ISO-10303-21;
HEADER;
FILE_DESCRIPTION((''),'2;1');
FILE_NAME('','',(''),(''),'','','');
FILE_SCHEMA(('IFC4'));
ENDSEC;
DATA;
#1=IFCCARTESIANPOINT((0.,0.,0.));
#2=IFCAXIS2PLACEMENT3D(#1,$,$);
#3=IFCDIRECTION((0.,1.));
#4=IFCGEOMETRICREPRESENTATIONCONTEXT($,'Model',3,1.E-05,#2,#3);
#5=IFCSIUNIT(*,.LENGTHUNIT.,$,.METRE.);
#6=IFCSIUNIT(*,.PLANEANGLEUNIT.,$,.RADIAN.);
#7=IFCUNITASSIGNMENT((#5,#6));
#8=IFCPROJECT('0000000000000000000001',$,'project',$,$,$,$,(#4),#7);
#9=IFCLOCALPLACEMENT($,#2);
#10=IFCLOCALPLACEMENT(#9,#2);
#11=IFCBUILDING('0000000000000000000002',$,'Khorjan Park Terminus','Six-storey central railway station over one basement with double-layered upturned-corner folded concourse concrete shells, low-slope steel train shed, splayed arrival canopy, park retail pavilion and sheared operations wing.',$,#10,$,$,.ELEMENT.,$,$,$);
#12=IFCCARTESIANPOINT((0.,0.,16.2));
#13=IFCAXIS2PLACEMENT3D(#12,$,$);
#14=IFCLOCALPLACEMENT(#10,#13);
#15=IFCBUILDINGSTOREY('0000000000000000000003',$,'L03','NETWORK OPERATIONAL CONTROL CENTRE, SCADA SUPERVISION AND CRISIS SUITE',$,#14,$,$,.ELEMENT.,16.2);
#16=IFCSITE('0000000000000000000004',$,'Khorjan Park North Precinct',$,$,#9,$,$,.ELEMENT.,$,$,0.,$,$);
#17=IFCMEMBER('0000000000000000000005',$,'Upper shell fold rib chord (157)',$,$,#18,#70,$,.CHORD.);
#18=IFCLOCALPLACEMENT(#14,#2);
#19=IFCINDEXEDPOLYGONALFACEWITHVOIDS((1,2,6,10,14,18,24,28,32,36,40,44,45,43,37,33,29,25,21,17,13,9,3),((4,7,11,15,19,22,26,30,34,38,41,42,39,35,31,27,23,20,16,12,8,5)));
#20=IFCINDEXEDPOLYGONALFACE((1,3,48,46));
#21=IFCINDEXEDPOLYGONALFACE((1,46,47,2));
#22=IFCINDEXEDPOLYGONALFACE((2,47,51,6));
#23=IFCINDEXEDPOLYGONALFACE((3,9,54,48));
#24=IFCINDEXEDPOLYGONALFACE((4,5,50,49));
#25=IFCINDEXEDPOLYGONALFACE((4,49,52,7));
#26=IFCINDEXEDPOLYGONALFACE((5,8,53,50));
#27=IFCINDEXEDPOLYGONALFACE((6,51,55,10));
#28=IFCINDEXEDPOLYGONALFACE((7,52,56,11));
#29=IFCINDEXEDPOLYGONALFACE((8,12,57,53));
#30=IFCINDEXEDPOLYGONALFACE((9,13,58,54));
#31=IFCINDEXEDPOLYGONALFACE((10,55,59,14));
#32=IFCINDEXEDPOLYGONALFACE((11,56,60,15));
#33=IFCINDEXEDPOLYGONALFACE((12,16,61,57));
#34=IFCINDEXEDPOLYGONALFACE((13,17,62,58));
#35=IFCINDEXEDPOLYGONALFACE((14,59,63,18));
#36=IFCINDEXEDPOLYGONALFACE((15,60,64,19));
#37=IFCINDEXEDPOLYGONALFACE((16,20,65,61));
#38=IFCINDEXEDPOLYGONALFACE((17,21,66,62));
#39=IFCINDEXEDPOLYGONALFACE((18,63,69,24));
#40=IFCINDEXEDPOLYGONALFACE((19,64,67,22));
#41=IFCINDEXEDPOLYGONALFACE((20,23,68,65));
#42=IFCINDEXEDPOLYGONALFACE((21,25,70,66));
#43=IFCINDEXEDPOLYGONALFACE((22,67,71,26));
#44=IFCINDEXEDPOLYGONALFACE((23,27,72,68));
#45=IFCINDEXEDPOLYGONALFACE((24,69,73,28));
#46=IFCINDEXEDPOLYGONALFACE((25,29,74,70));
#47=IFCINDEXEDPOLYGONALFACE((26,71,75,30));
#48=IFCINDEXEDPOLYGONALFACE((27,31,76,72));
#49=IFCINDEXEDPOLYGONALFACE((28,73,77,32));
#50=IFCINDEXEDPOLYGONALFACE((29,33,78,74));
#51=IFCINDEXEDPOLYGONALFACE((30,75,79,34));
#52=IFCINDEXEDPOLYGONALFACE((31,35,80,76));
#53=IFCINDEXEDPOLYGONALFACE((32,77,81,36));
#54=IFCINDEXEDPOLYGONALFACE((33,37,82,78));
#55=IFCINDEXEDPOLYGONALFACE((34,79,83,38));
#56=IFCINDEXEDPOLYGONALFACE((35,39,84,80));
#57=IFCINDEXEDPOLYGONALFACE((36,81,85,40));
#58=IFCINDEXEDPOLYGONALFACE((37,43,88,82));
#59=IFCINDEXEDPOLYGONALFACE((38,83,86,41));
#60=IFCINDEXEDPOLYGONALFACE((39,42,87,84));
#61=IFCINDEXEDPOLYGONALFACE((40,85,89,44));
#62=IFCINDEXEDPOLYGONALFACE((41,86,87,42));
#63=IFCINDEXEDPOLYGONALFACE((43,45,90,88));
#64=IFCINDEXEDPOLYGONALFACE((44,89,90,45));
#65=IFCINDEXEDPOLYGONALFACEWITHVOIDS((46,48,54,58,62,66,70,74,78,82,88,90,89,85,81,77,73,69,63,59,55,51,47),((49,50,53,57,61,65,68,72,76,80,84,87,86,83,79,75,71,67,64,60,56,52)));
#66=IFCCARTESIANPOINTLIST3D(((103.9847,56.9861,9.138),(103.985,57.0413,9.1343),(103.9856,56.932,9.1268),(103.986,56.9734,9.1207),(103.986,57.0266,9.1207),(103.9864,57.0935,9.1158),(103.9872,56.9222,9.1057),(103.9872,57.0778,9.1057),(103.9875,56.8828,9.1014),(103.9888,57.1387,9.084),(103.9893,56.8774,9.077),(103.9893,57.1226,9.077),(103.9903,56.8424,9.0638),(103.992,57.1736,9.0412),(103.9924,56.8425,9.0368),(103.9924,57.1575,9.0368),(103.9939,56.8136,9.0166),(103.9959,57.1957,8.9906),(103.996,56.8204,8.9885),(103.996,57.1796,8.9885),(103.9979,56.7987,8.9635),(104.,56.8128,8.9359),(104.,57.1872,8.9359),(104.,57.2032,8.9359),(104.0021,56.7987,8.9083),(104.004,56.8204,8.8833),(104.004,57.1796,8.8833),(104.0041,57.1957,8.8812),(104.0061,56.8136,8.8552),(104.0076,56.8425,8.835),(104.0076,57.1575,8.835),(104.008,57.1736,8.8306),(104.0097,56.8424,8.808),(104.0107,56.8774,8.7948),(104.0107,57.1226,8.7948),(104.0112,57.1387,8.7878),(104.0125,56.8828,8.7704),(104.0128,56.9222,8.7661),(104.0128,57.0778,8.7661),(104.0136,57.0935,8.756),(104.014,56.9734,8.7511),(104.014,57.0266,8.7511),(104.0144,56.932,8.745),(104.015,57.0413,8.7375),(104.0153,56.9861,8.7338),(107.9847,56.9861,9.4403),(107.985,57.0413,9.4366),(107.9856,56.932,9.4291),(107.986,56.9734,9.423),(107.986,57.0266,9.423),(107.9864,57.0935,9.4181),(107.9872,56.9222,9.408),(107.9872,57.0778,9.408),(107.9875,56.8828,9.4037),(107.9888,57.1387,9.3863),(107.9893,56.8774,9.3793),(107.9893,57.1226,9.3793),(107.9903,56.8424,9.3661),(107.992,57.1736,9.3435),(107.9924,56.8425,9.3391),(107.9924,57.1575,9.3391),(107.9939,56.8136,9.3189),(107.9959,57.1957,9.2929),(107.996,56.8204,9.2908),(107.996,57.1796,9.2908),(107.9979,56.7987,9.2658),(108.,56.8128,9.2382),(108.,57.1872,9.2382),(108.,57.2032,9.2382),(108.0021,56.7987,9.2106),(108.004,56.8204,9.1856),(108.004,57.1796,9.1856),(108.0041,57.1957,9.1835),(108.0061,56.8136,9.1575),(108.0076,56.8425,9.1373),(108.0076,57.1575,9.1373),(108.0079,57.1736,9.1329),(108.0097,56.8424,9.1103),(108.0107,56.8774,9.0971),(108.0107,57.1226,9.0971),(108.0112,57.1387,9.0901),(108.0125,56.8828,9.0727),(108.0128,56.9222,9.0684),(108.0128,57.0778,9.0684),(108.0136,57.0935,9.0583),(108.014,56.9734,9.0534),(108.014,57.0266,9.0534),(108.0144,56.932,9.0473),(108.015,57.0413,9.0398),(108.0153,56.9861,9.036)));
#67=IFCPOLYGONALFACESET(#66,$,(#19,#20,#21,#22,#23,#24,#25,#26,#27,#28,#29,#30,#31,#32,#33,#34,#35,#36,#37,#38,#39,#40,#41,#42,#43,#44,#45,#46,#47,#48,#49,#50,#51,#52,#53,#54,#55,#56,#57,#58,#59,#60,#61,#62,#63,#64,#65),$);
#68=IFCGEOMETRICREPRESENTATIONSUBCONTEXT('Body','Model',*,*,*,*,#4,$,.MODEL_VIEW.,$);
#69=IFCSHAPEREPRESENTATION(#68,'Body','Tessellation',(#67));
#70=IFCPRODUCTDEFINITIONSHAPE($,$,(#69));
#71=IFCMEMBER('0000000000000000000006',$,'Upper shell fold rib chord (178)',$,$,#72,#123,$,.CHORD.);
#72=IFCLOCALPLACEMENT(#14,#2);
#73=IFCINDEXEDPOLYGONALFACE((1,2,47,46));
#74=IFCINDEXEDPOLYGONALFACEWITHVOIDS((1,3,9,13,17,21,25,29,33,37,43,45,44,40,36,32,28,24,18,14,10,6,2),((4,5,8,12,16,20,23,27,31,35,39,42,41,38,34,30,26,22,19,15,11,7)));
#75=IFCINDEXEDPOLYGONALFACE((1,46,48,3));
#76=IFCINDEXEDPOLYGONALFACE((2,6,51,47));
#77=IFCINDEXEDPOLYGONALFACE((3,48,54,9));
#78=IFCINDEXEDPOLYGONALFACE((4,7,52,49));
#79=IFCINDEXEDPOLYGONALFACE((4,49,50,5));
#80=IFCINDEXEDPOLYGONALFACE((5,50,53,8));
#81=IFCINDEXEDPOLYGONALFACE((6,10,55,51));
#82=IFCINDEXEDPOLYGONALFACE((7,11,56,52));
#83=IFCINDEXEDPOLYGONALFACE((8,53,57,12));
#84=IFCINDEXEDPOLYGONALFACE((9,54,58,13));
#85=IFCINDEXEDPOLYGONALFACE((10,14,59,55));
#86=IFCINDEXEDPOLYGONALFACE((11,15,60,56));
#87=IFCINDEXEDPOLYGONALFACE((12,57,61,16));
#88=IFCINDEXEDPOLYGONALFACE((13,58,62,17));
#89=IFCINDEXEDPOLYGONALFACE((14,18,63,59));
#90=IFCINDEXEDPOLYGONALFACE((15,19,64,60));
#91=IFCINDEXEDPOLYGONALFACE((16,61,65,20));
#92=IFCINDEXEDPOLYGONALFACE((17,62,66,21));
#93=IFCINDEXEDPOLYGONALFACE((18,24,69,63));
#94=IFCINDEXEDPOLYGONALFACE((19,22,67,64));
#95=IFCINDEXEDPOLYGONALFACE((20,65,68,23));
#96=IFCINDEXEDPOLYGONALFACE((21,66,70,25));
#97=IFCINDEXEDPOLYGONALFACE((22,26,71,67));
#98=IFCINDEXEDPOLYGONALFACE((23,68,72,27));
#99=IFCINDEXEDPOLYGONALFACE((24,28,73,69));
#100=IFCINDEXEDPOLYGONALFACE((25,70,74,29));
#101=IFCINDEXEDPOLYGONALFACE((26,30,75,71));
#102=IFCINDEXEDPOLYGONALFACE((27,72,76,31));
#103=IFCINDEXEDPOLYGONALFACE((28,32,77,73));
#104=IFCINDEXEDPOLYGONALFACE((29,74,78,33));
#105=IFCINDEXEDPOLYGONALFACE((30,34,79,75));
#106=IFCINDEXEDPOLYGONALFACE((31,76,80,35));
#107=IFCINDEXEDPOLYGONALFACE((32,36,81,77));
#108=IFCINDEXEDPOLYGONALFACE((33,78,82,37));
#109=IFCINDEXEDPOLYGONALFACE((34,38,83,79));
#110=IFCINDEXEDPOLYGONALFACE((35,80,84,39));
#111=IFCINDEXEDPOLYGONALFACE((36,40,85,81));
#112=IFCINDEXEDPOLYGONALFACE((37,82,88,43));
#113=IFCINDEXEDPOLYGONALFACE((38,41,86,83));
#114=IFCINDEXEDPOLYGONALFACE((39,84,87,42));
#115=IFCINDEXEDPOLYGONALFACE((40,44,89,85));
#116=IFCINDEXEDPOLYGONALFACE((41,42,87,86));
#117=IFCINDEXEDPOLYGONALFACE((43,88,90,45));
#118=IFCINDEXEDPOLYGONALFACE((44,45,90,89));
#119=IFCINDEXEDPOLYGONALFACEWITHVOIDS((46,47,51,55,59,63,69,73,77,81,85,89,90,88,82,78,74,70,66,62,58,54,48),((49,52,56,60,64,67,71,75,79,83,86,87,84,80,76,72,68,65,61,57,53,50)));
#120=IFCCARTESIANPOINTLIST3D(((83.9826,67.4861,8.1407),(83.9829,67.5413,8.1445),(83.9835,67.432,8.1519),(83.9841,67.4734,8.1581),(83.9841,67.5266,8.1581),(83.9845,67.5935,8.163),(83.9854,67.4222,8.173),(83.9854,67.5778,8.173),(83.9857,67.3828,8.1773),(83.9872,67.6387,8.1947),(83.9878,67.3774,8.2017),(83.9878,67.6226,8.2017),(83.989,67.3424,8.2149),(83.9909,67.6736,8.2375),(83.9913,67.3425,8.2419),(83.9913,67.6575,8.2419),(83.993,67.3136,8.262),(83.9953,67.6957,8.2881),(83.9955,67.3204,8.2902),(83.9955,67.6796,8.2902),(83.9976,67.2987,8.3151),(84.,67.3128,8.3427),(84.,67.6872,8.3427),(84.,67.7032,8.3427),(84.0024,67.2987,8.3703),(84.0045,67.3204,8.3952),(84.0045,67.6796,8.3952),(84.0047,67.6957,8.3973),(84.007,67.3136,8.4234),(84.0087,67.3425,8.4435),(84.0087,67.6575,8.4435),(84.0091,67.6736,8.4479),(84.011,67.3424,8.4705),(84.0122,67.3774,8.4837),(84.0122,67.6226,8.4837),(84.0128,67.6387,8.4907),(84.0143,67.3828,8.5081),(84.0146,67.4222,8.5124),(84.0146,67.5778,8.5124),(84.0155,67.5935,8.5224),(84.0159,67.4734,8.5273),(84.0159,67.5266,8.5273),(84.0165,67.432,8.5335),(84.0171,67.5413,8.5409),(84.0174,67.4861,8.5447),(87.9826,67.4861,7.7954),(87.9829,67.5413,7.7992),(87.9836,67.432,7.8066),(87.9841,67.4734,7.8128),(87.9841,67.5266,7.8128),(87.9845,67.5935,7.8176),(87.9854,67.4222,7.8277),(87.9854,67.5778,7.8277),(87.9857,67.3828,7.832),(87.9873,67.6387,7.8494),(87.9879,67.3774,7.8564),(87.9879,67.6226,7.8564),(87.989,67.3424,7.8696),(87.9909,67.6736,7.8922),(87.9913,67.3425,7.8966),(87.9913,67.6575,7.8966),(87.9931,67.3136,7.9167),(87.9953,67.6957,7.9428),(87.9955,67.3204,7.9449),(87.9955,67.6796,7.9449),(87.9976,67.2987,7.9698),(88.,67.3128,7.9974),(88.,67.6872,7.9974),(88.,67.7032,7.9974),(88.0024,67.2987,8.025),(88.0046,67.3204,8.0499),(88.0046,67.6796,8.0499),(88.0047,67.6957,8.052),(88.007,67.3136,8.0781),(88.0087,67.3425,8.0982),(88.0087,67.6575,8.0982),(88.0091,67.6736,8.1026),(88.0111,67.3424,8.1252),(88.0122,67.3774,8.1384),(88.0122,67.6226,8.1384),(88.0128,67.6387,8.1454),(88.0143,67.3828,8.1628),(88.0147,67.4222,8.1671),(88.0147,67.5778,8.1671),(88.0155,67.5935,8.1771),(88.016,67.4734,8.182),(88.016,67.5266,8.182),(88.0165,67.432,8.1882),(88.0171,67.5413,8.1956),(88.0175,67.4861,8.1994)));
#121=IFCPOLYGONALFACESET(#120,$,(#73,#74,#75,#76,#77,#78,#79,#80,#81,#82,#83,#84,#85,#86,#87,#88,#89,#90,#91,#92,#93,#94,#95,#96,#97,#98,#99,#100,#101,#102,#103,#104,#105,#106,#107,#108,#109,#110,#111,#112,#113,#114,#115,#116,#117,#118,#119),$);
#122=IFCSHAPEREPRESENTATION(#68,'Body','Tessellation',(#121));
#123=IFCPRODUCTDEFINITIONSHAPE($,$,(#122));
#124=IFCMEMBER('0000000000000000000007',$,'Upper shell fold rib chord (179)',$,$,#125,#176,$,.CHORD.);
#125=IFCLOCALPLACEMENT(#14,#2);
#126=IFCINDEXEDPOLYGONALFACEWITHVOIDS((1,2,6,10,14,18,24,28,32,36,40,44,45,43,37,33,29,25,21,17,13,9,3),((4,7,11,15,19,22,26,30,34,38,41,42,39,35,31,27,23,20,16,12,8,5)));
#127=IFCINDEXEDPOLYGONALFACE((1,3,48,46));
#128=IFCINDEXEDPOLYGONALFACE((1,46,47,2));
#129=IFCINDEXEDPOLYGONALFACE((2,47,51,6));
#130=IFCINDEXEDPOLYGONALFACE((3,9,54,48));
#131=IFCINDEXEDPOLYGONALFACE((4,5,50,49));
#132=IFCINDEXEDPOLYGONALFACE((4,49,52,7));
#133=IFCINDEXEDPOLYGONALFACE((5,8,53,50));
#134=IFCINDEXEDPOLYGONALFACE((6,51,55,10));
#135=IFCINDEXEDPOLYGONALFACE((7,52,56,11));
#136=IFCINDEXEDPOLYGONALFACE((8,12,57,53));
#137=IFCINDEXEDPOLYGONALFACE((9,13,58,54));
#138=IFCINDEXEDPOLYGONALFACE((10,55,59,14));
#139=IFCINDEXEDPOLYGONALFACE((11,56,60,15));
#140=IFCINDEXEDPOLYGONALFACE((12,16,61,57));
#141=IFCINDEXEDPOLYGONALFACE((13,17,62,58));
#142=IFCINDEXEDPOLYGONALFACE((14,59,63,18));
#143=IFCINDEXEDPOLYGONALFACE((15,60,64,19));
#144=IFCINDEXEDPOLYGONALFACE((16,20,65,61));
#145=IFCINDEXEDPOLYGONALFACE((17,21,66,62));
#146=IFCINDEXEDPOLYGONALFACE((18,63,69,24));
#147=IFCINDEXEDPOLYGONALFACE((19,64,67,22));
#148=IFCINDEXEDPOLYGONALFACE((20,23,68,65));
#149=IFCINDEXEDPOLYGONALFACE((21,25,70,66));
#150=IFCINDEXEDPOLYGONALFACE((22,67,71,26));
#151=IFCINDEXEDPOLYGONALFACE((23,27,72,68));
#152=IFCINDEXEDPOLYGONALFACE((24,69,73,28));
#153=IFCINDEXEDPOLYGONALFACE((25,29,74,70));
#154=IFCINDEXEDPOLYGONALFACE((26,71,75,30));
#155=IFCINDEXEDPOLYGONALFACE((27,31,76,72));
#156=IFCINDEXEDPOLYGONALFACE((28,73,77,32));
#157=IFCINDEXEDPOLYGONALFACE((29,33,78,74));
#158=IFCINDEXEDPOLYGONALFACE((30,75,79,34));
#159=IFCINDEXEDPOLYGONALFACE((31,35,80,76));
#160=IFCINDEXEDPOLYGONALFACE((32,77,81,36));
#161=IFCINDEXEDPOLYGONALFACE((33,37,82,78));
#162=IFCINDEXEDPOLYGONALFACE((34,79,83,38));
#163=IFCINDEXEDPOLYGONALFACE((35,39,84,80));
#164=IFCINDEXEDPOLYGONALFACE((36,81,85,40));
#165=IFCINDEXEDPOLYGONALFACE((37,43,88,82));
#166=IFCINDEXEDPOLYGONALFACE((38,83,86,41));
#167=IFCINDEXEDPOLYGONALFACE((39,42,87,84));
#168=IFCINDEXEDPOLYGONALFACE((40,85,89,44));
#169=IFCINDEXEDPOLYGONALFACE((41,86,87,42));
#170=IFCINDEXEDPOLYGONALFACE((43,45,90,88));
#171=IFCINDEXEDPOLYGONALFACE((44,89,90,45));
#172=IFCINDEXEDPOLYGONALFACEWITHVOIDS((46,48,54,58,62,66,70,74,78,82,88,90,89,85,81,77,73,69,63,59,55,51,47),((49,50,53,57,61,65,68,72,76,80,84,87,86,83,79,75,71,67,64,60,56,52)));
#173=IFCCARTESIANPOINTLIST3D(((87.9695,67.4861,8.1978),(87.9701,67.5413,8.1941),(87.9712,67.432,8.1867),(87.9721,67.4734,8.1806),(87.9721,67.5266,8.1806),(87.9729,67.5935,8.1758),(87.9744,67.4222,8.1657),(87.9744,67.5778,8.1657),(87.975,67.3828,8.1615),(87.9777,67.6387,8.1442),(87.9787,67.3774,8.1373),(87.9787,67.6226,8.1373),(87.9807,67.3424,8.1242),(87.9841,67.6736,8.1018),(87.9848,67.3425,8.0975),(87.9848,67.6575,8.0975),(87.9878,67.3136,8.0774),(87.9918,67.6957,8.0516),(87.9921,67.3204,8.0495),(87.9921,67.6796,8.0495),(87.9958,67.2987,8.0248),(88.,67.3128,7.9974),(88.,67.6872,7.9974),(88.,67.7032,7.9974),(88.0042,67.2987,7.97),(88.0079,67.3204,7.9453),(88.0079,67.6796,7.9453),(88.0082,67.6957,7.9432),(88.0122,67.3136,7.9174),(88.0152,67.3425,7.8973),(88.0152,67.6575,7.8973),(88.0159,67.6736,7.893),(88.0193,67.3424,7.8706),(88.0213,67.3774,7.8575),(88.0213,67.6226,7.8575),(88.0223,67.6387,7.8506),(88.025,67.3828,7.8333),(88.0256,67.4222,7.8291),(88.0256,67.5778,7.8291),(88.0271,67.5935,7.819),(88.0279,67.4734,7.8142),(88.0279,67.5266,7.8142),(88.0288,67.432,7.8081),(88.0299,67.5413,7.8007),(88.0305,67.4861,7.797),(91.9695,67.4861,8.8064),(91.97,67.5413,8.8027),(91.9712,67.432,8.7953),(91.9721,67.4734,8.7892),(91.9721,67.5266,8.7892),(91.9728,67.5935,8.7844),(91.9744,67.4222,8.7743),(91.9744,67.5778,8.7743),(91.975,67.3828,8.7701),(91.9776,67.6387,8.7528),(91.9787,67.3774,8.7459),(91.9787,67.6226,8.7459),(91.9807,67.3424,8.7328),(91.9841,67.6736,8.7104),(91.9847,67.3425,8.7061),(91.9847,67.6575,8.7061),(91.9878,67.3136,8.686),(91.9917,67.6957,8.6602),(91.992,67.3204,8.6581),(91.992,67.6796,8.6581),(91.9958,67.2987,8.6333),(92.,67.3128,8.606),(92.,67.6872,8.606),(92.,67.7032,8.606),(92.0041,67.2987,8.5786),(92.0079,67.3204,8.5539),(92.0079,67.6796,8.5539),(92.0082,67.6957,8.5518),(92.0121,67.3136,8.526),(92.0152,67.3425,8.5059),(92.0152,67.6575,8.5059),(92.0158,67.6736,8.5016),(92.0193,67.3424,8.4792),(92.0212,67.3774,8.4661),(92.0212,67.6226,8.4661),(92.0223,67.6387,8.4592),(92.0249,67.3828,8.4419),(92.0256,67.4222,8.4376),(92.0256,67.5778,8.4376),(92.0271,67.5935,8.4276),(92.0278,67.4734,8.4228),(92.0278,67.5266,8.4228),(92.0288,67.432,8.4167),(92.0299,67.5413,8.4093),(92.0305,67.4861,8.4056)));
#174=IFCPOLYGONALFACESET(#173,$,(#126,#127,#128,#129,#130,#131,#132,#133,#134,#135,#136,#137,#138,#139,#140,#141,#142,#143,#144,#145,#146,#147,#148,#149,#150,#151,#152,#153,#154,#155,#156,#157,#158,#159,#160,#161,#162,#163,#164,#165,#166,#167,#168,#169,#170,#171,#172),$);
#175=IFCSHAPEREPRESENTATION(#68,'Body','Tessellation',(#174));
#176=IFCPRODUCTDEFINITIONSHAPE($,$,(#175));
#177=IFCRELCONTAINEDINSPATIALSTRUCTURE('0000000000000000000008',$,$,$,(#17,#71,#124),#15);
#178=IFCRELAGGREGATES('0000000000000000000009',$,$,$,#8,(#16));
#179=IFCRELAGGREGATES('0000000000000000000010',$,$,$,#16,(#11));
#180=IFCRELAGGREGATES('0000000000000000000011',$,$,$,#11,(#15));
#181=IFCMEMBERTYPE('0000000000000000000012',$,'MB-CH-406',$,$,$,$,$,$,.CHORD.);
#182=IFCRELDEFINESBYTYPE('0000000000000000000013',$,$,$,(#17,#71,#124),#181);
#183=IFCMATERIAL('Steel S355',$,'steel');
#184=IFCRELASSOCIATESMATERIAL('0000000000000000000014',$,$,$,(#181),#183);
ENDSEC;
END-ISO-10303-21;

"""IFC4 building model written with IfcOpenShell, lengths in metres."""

from ifc_helpers import new_model, si_unit, direction, frame, origin, origin_2d, place, context, subcontext, project, spatial, hollow_circle, extrude, material, material_profile, profile_set, type_object, element, save


model = new_model("IFC4")

# Units and contexts
model_context = context("Model", 3, precision=1e-05, world=origin(), true_north=direction((0.0, 1.0)))
body_context = subcontext(model_context, "Body", "Model", "MODEL_VIEW")
ifc_project = project(units=[si_unit("LENGTHUNIT", "METRE"), si_unit("PLANEANGLEUNIT", "RADIAN")], contexts=[model_context])

# Site, building, storey
site_placement = place(None, origin())
site = spatial("IfcSite", under=ifc_project, at=site_placement, Name="Khorjan Park North Precinct", CompositionType="ELEMENT", RefElevation=0.0)
building_placement = place(site_placement, origin())
building = spatial("IfcBuilding", under=site, at=building_placement, Name="Khorjan Park Terminus", Description="Six-storey central railway station over one basement with double-layered upturned-corner folded concourse concrete shells, low-slope steel train shed, splayed arrival canopy, park retail pavilion and sheared operations wing.", CompositionType="ELEMENT")
storey_placement = place(building_placement, frame((0.0, 0.0, 16.2)))
storey = spatial("IfcBuildingStorey", under=building, at=storey_placement, Name="L03", Description="NETWORK OPERATIONAL CONTROL CENTRE, SCADA SUPERVISION AND CRISIS SUITE", CompositionType="ELEMENT", Elevation=16.2)

# Members
ifc_material = material(Name="Steel S355", Category="steel")
ifc_material_profile_1 = material_profile(ifc_material, hollow_circle(Radius=0.2032, WallThickness=0.016, at=origin_2d()), Name="CHS 406.4x16")
ifc_profile_set_1 = profile_set([ifc_material_profile_1], Name="Steel S355")
member_type_1 = type_object("IfcMemberType", Name="MB-CH-406", PredefinedType="CHORD", material=ifc_profile_set_1)
member_1_placement = place(storey_placement, frame((104.0, 57.0, 8.9359), z_axis=(0.997156, 0.0, 0.07536), x_axis=(0.0, 1.0, 0.0)))
element("IfcMember", 1, at=member_1_placement, inside=storey, type_object=member_type_1, Name="Upper shell fold rib chord (157)", PredefinedType="CHORD", context=body_context, shape_type="SweptSolid", body=[
    extrude(hollow_circle(Radius=0.2032, WallThickness=0.016, at=origin_2d()), origin(), (0.0, 0.0, 1.0), 4.0114),
])
member_2_placement = place(storey_placement, frame((84.0, 67.5, 8.3427), z_axis=(0.996295, 0.0, -0.086005), x_axis=(0.0, 1.0, 0.0)))
element("IfcMember", 2, at=member_2_placement, inside=storey, type_object=member_type_1, Name="Upper shell fold rib chord (178)", PredefinedType="CHORD", context=body_context, shape_type="SweptSolid", body=[
    extrude(hollow_circle(Radius=0.2032, WallThickness=0.016, at=origin_2d()), origin(), (0.0, 0.0, 1.0), 4.0149),
])
for number, where, z_axis, x_axis, name in (
    (3, (88.0, 67.5, 7.9974), (0.988622, 0.0, 0.150419), (0.0, 1.0, 0.0), "Upper shell fold rib chord (179)"),
):
    element("IfcMember", number, at=place(storey_placement, frame(where, z_axis=z_axis, x_axis=x_axis)), inside=storey, type_object=member_type_1, Name=name, PredefinedType="CHORD", context=body_context, shape_type="SweptSolid", body=[
        extrude(hollow_circle(Radius=0.2032, WallThickness=0.016, at=origin_2d()), origin(), (0.0, 0.0, 1.0), 4.046),
    ])

save(model, "model.ifc")
